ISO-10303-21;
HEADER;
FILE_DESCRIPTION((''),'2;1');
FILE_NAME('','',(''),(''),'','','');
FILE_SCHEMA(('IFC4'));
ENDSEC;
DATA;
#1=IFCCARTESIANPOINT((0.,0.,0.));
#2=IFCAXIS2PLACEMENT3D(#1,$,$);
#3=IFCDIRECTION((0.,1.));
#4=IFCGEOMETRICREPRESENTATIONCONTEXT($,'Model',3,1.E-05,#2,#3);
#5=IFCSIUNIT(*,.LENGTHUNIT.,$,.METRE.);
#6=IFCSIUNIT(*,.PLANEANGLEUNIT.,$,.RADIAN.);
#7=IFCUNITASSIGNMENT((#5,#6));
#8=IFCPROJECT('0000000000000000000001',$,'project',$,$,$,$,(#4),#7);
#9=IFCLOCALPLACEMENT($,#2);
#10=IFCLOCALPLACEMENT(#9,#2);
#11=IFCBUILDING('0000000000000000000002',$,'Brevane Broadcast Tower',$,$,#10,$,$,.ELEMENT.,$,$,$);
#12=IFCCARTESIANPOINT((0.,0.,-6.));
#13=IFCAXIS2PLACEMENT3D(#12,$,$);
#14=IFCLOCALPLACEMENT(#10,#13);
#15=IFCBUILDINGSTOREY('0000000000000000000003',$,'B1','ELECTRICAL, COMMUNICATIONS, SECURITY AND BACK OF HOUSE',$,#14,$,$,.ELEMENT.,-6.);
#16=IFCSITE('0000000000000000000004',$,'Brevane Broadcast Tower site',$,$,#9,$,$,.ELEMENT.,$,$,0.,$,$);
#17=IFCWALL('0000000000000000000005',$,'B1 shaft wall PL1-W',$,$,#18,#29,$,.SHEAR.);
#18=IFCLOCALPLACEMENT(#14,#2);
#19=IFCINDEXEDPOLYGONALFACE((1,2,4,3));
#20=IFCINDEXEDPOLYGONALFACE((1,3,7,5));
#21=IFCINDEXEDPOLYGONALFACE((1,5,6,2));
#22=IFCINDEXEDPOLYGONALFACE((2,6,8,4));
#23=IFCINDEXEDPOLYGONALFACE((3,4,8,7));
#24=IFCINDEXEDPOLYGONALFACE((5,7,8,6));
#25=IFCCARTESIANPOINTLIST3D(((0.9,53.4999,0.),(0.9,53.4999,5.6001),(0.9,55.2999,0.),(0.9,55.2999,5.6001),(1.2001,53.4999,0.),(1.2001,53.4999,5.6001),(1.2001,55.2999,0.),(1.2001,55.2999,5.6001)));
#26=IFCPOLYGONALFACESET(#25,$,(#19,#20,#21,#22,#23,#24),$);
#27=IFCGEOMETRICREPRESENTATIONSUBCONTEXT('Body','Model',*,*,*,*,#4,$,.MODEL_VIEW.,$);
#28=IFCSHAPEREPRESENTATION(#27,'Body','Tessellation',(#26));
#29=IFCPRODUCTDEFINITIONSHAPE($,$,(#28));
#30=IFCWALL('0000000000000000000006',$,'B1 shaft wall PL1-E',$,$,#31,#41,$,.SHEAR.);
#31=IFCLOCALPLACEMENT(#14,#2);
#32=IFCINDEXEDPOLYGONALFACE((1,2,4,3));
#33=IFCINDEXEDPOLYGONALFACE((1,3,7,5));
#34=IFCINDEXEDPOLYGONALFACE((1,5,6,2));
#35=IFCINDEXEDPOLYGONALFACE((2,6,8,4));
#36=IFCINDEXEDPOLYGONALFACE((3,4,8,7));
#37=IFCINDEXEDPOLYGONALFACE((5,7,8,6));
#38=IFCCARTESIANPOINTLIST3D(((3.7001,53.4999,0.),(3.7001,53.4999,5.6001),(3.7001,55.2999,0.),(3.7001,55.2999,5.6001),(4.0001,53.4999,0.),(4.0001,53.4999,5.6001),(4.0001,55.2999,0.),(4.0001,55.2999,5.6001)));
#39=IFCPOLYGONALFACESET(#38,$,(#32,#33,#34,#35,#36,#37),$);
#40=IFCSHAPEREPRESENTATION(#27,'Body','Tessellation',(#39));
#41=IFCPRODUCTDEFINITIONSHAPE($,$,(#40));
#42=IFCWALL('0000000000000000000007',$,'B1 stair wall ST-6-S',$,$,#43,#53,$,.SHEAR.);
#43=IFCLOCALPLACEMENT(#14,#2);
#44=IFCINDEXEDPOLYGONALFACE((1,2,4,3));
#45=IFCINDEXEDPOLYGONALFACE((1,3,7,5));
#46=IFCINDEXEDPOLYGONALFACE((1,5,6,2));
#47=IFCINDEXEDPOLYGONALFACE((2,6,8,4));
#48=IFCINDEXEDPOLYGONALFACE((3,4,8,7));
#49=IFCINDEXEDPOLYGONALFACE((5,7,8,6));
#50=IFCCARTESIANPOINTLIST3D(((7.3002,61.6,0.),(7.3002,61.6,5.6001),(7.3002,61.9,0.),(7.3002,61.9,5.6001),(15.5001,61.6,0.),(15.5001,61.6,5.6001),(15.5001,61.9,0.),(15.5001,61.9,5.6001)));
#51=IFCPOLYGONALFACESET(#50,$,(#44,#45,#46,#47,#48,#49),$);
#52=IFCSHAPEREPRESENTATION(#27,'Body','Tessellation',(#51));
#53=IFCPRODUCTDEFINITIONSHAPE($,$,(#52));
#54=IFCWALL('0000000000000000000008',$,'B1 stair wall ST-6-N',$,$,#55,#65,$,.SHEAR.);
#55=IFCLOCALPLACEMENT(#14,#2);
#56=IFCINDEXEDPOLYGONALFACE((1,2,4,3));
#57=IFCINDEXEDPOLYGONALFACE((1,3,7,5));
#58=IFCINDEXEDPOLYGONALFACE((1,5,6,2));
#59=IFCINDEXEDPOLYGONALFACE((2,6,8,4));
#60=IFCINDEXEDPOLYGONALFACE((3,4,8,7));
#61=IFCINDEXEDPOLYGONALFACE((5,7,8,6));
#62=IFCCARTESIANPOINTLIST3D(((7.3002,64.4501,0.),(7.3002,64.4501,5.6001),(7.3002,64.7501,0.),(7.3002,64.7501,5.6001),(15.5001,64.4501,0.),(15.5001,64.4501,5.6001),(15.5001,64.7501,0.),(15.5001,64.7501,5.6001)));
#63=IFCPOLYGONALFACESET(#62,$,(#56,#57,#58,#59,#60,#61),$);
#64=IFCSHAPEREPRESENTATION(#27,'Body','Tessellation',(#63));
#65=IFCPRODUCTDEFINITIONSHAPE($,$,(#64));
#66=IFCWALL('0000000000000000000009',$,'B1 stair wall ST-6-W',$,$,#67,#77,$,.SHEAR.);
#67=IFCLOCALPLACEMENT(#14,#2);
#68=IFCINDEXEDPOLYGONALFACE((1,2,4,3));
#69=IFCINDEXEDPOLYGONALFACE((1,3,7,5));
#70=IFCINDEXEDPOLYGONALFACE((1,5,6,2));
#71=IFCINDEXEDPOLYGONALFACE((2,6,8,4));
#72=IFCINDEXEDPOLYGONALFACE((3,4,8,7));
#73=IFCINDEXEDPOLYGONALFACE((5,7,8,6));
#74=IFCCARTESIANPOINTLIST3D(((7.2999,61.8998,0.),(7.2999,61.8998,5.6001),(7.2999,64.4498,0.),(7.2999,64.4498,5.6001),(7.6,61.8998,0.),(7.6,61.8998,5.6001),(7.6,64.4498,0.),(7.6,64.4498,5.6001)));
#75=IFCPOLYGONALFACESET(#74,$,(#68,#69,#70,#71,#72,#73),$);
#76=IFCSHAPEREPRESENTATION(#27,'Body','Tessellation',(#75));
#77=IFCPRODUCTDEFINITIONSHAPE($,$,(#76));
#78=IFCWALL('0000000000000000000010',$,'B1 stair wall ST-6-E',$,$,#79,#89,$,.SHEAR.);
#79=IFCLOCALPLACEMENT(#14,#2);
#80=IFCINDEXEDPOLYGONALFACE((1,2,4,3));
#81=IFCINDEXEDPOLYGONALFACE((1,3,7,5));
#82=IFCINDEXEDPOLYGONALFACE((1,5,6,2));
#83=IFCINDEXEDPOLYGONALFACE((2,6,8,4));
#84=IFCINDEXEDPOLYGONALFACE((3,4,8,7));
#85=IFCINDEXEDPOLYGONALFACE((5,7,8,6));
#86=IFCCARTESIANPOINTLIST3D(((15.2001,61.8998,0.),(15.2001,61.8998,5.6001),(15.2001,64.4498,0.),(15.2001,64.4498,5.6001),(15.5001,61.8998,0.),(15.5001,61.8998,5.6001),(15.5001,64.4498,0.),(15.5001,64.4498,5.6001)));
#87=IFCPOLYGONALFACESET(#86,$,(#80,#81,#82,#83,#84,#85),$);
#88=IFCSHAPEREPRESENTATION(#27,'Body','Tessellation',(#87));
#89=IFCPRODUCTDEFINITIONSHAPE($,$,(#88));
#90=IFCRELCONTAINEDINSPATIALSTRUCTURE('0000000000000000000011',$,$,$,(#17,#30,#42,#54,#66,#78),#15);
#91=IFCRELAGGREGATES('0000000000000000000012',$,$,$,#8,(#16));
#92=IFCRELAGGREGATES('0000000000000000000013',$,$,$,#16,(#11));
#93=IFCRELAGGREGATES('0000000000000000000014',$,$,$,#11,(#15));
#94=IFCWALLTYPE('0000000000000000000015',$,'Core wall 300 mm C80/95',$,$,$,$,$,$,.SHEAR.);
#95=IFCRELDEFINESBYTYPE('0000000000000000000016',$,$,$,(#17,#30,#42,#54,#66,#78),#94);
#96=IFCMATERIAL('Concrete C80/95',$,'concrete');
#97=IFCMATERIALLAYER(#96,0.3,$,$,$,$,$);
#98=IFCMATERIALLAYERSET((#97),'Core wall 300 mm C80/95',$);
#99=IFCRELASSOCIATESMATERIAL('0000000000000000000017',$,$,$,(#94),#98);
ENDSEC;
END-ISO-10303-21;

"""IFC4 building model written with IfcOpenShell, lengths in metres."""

from ifc_helpers import new_model, si_unit, direction, frame, frame_2d, origin, place, context, subcontext, project, spatial, rectangle, extrude, material, layer, layer_set, type_object, element, save


model = new_model("IFC4")

# Units and contexts
model_context = context("Model", 3, precision=1e-05, world=origin(), true_north=direction((0.0, 1.0)))
body_context = subcontext(model_context, "Body", "Model", "MODEL_VIEW")
ifc_project = project(units=[si_unit("LENGTHUNIT", "METRE"), si_unit("PLANEANGLEUNIT", "RADIAN")], contexts=[model_context])

# Site, building, storey
site_placement = place(None, origin())
site = spatial("IfcSite", under=ifc_project, at=site_placement, Name="Brevane Broadcast Tower site", CompositionType="ELEMENT", RefElevation=0.0)
building_placement = place(site_placement, origin())
building = spatial("IfcBuilding", under=site, at=building_placement, Name="Brevane Broadcast Tower", CompositionType="ELEMENT")
storey_placement = place(building_placement, frame((0.0, 0.0, -6.0)))
storey = spatial("IfcBuildingStorey", under=building, at=storey_placement, Name="B1", Description="ELECTRICAL, COMMUNICATIONS, SECURITY AND BACK OF HOUSE", CompositionType="ELEMENT", Elevation=-6.0)

# Shared definitions
ifc_material_1 = material(Name="Concrete C80/95", Category="concrete")

# Walls
ifc_layer = layer(ifc_material_1, 0.3)
ifc_layer_set = layer_set([ifc_layer], Name="Core wall 300 mm C80/95")
wall_type = type_object("IfcWallType", Name="Core wall 300 mm C80/95", PredefinedType="SHEAR", material=ifc_layer_set)
for number, where, z_axis, x_axis, name in (
    (1, (1.05, 53.5, 0.0), (0.0, 0.0, 1.0), (0.0, 1.0, 0.0), "B1 shaft wall PL1-W"),
    (2, (3.8501, 53.5, 0.0), (0.0, 0.0, 1.0), (0.0, 1.0, 0.0), "B1 shaft wall PL1-E"),
):
    element("IfcWall", number, at=place(storey_placement, frame(where, z_axis=z_axis, x_axis=x_axis)), inside=storey, type_object=wall_type, Name=name, PredefinedType="SHEAR", context=body_context, shape_type="SweptSolid", body=[
        extrude(rectangle(XDim=1.8, YDim=0.3, at=frame_2d((0.8999, 0.0))), origin(), (0.0, 0.0, 1.0), 5.6001),
    ])
for number, where, z_axis, x_axis, name in (
    (3, (7.3, 61.75, 0.0), (0.0, 0.0, 1.0), (1.0, 0.0, 0.0), "B1 stair wall ST-6-S"),
    (4, (7.3, 64.6001, 0.0), (0.0, 0.0, 1.0), (1.0, 0.0, 0.0), "B1 stair wall ST-6-N"),
):
    element("IfcWall", number, at=place(storey_placement, frame(where, z_axis=z_axis, x_axis=x_axis)), inside=storey, type_object=wall_type, Name=name, PredefinedType="SHEAR", context=body_context, shape_type="SweptSolid", body=[
        extrude(rectangle(XDim=8.2, YDim=0.3, at=frame_2d((4.1001, 0.0))), origin(), (0.0, 0.0, 1.0), 5.6001),
    ])
for number, where, z_axis, x_axis, name in (
    (5, (7.45, 61.8999, 0.0), (0.0, 0.0, 1.0), (0.0, 1.0, 0.0), "B1 stair wall ST-6-W"),
    (6, (15.3501, 61.8999, 0.0), (0.0, 0.0, 1.0), (0.0, 1.0, 0.0), "B1 stair wall ST-6-E"),
):
    element("IfcWall", number, at=place(storey_placement, frame(where, z_axis=z_axis, x_axis=x_axis)), inside=storey, type_object=wall_type, Name=name, PredefinedType="SHEAR", context=body_context, shape_type="SweptSolid", body=[
        extrude(rectangle(XDim=2.55, YDim=0.3, at=frame_2d((1.2749, 0.0))), origin(), (0.0, 0.0, 1.0), 5.6001),
    ])

save(model, "model.ifc")
